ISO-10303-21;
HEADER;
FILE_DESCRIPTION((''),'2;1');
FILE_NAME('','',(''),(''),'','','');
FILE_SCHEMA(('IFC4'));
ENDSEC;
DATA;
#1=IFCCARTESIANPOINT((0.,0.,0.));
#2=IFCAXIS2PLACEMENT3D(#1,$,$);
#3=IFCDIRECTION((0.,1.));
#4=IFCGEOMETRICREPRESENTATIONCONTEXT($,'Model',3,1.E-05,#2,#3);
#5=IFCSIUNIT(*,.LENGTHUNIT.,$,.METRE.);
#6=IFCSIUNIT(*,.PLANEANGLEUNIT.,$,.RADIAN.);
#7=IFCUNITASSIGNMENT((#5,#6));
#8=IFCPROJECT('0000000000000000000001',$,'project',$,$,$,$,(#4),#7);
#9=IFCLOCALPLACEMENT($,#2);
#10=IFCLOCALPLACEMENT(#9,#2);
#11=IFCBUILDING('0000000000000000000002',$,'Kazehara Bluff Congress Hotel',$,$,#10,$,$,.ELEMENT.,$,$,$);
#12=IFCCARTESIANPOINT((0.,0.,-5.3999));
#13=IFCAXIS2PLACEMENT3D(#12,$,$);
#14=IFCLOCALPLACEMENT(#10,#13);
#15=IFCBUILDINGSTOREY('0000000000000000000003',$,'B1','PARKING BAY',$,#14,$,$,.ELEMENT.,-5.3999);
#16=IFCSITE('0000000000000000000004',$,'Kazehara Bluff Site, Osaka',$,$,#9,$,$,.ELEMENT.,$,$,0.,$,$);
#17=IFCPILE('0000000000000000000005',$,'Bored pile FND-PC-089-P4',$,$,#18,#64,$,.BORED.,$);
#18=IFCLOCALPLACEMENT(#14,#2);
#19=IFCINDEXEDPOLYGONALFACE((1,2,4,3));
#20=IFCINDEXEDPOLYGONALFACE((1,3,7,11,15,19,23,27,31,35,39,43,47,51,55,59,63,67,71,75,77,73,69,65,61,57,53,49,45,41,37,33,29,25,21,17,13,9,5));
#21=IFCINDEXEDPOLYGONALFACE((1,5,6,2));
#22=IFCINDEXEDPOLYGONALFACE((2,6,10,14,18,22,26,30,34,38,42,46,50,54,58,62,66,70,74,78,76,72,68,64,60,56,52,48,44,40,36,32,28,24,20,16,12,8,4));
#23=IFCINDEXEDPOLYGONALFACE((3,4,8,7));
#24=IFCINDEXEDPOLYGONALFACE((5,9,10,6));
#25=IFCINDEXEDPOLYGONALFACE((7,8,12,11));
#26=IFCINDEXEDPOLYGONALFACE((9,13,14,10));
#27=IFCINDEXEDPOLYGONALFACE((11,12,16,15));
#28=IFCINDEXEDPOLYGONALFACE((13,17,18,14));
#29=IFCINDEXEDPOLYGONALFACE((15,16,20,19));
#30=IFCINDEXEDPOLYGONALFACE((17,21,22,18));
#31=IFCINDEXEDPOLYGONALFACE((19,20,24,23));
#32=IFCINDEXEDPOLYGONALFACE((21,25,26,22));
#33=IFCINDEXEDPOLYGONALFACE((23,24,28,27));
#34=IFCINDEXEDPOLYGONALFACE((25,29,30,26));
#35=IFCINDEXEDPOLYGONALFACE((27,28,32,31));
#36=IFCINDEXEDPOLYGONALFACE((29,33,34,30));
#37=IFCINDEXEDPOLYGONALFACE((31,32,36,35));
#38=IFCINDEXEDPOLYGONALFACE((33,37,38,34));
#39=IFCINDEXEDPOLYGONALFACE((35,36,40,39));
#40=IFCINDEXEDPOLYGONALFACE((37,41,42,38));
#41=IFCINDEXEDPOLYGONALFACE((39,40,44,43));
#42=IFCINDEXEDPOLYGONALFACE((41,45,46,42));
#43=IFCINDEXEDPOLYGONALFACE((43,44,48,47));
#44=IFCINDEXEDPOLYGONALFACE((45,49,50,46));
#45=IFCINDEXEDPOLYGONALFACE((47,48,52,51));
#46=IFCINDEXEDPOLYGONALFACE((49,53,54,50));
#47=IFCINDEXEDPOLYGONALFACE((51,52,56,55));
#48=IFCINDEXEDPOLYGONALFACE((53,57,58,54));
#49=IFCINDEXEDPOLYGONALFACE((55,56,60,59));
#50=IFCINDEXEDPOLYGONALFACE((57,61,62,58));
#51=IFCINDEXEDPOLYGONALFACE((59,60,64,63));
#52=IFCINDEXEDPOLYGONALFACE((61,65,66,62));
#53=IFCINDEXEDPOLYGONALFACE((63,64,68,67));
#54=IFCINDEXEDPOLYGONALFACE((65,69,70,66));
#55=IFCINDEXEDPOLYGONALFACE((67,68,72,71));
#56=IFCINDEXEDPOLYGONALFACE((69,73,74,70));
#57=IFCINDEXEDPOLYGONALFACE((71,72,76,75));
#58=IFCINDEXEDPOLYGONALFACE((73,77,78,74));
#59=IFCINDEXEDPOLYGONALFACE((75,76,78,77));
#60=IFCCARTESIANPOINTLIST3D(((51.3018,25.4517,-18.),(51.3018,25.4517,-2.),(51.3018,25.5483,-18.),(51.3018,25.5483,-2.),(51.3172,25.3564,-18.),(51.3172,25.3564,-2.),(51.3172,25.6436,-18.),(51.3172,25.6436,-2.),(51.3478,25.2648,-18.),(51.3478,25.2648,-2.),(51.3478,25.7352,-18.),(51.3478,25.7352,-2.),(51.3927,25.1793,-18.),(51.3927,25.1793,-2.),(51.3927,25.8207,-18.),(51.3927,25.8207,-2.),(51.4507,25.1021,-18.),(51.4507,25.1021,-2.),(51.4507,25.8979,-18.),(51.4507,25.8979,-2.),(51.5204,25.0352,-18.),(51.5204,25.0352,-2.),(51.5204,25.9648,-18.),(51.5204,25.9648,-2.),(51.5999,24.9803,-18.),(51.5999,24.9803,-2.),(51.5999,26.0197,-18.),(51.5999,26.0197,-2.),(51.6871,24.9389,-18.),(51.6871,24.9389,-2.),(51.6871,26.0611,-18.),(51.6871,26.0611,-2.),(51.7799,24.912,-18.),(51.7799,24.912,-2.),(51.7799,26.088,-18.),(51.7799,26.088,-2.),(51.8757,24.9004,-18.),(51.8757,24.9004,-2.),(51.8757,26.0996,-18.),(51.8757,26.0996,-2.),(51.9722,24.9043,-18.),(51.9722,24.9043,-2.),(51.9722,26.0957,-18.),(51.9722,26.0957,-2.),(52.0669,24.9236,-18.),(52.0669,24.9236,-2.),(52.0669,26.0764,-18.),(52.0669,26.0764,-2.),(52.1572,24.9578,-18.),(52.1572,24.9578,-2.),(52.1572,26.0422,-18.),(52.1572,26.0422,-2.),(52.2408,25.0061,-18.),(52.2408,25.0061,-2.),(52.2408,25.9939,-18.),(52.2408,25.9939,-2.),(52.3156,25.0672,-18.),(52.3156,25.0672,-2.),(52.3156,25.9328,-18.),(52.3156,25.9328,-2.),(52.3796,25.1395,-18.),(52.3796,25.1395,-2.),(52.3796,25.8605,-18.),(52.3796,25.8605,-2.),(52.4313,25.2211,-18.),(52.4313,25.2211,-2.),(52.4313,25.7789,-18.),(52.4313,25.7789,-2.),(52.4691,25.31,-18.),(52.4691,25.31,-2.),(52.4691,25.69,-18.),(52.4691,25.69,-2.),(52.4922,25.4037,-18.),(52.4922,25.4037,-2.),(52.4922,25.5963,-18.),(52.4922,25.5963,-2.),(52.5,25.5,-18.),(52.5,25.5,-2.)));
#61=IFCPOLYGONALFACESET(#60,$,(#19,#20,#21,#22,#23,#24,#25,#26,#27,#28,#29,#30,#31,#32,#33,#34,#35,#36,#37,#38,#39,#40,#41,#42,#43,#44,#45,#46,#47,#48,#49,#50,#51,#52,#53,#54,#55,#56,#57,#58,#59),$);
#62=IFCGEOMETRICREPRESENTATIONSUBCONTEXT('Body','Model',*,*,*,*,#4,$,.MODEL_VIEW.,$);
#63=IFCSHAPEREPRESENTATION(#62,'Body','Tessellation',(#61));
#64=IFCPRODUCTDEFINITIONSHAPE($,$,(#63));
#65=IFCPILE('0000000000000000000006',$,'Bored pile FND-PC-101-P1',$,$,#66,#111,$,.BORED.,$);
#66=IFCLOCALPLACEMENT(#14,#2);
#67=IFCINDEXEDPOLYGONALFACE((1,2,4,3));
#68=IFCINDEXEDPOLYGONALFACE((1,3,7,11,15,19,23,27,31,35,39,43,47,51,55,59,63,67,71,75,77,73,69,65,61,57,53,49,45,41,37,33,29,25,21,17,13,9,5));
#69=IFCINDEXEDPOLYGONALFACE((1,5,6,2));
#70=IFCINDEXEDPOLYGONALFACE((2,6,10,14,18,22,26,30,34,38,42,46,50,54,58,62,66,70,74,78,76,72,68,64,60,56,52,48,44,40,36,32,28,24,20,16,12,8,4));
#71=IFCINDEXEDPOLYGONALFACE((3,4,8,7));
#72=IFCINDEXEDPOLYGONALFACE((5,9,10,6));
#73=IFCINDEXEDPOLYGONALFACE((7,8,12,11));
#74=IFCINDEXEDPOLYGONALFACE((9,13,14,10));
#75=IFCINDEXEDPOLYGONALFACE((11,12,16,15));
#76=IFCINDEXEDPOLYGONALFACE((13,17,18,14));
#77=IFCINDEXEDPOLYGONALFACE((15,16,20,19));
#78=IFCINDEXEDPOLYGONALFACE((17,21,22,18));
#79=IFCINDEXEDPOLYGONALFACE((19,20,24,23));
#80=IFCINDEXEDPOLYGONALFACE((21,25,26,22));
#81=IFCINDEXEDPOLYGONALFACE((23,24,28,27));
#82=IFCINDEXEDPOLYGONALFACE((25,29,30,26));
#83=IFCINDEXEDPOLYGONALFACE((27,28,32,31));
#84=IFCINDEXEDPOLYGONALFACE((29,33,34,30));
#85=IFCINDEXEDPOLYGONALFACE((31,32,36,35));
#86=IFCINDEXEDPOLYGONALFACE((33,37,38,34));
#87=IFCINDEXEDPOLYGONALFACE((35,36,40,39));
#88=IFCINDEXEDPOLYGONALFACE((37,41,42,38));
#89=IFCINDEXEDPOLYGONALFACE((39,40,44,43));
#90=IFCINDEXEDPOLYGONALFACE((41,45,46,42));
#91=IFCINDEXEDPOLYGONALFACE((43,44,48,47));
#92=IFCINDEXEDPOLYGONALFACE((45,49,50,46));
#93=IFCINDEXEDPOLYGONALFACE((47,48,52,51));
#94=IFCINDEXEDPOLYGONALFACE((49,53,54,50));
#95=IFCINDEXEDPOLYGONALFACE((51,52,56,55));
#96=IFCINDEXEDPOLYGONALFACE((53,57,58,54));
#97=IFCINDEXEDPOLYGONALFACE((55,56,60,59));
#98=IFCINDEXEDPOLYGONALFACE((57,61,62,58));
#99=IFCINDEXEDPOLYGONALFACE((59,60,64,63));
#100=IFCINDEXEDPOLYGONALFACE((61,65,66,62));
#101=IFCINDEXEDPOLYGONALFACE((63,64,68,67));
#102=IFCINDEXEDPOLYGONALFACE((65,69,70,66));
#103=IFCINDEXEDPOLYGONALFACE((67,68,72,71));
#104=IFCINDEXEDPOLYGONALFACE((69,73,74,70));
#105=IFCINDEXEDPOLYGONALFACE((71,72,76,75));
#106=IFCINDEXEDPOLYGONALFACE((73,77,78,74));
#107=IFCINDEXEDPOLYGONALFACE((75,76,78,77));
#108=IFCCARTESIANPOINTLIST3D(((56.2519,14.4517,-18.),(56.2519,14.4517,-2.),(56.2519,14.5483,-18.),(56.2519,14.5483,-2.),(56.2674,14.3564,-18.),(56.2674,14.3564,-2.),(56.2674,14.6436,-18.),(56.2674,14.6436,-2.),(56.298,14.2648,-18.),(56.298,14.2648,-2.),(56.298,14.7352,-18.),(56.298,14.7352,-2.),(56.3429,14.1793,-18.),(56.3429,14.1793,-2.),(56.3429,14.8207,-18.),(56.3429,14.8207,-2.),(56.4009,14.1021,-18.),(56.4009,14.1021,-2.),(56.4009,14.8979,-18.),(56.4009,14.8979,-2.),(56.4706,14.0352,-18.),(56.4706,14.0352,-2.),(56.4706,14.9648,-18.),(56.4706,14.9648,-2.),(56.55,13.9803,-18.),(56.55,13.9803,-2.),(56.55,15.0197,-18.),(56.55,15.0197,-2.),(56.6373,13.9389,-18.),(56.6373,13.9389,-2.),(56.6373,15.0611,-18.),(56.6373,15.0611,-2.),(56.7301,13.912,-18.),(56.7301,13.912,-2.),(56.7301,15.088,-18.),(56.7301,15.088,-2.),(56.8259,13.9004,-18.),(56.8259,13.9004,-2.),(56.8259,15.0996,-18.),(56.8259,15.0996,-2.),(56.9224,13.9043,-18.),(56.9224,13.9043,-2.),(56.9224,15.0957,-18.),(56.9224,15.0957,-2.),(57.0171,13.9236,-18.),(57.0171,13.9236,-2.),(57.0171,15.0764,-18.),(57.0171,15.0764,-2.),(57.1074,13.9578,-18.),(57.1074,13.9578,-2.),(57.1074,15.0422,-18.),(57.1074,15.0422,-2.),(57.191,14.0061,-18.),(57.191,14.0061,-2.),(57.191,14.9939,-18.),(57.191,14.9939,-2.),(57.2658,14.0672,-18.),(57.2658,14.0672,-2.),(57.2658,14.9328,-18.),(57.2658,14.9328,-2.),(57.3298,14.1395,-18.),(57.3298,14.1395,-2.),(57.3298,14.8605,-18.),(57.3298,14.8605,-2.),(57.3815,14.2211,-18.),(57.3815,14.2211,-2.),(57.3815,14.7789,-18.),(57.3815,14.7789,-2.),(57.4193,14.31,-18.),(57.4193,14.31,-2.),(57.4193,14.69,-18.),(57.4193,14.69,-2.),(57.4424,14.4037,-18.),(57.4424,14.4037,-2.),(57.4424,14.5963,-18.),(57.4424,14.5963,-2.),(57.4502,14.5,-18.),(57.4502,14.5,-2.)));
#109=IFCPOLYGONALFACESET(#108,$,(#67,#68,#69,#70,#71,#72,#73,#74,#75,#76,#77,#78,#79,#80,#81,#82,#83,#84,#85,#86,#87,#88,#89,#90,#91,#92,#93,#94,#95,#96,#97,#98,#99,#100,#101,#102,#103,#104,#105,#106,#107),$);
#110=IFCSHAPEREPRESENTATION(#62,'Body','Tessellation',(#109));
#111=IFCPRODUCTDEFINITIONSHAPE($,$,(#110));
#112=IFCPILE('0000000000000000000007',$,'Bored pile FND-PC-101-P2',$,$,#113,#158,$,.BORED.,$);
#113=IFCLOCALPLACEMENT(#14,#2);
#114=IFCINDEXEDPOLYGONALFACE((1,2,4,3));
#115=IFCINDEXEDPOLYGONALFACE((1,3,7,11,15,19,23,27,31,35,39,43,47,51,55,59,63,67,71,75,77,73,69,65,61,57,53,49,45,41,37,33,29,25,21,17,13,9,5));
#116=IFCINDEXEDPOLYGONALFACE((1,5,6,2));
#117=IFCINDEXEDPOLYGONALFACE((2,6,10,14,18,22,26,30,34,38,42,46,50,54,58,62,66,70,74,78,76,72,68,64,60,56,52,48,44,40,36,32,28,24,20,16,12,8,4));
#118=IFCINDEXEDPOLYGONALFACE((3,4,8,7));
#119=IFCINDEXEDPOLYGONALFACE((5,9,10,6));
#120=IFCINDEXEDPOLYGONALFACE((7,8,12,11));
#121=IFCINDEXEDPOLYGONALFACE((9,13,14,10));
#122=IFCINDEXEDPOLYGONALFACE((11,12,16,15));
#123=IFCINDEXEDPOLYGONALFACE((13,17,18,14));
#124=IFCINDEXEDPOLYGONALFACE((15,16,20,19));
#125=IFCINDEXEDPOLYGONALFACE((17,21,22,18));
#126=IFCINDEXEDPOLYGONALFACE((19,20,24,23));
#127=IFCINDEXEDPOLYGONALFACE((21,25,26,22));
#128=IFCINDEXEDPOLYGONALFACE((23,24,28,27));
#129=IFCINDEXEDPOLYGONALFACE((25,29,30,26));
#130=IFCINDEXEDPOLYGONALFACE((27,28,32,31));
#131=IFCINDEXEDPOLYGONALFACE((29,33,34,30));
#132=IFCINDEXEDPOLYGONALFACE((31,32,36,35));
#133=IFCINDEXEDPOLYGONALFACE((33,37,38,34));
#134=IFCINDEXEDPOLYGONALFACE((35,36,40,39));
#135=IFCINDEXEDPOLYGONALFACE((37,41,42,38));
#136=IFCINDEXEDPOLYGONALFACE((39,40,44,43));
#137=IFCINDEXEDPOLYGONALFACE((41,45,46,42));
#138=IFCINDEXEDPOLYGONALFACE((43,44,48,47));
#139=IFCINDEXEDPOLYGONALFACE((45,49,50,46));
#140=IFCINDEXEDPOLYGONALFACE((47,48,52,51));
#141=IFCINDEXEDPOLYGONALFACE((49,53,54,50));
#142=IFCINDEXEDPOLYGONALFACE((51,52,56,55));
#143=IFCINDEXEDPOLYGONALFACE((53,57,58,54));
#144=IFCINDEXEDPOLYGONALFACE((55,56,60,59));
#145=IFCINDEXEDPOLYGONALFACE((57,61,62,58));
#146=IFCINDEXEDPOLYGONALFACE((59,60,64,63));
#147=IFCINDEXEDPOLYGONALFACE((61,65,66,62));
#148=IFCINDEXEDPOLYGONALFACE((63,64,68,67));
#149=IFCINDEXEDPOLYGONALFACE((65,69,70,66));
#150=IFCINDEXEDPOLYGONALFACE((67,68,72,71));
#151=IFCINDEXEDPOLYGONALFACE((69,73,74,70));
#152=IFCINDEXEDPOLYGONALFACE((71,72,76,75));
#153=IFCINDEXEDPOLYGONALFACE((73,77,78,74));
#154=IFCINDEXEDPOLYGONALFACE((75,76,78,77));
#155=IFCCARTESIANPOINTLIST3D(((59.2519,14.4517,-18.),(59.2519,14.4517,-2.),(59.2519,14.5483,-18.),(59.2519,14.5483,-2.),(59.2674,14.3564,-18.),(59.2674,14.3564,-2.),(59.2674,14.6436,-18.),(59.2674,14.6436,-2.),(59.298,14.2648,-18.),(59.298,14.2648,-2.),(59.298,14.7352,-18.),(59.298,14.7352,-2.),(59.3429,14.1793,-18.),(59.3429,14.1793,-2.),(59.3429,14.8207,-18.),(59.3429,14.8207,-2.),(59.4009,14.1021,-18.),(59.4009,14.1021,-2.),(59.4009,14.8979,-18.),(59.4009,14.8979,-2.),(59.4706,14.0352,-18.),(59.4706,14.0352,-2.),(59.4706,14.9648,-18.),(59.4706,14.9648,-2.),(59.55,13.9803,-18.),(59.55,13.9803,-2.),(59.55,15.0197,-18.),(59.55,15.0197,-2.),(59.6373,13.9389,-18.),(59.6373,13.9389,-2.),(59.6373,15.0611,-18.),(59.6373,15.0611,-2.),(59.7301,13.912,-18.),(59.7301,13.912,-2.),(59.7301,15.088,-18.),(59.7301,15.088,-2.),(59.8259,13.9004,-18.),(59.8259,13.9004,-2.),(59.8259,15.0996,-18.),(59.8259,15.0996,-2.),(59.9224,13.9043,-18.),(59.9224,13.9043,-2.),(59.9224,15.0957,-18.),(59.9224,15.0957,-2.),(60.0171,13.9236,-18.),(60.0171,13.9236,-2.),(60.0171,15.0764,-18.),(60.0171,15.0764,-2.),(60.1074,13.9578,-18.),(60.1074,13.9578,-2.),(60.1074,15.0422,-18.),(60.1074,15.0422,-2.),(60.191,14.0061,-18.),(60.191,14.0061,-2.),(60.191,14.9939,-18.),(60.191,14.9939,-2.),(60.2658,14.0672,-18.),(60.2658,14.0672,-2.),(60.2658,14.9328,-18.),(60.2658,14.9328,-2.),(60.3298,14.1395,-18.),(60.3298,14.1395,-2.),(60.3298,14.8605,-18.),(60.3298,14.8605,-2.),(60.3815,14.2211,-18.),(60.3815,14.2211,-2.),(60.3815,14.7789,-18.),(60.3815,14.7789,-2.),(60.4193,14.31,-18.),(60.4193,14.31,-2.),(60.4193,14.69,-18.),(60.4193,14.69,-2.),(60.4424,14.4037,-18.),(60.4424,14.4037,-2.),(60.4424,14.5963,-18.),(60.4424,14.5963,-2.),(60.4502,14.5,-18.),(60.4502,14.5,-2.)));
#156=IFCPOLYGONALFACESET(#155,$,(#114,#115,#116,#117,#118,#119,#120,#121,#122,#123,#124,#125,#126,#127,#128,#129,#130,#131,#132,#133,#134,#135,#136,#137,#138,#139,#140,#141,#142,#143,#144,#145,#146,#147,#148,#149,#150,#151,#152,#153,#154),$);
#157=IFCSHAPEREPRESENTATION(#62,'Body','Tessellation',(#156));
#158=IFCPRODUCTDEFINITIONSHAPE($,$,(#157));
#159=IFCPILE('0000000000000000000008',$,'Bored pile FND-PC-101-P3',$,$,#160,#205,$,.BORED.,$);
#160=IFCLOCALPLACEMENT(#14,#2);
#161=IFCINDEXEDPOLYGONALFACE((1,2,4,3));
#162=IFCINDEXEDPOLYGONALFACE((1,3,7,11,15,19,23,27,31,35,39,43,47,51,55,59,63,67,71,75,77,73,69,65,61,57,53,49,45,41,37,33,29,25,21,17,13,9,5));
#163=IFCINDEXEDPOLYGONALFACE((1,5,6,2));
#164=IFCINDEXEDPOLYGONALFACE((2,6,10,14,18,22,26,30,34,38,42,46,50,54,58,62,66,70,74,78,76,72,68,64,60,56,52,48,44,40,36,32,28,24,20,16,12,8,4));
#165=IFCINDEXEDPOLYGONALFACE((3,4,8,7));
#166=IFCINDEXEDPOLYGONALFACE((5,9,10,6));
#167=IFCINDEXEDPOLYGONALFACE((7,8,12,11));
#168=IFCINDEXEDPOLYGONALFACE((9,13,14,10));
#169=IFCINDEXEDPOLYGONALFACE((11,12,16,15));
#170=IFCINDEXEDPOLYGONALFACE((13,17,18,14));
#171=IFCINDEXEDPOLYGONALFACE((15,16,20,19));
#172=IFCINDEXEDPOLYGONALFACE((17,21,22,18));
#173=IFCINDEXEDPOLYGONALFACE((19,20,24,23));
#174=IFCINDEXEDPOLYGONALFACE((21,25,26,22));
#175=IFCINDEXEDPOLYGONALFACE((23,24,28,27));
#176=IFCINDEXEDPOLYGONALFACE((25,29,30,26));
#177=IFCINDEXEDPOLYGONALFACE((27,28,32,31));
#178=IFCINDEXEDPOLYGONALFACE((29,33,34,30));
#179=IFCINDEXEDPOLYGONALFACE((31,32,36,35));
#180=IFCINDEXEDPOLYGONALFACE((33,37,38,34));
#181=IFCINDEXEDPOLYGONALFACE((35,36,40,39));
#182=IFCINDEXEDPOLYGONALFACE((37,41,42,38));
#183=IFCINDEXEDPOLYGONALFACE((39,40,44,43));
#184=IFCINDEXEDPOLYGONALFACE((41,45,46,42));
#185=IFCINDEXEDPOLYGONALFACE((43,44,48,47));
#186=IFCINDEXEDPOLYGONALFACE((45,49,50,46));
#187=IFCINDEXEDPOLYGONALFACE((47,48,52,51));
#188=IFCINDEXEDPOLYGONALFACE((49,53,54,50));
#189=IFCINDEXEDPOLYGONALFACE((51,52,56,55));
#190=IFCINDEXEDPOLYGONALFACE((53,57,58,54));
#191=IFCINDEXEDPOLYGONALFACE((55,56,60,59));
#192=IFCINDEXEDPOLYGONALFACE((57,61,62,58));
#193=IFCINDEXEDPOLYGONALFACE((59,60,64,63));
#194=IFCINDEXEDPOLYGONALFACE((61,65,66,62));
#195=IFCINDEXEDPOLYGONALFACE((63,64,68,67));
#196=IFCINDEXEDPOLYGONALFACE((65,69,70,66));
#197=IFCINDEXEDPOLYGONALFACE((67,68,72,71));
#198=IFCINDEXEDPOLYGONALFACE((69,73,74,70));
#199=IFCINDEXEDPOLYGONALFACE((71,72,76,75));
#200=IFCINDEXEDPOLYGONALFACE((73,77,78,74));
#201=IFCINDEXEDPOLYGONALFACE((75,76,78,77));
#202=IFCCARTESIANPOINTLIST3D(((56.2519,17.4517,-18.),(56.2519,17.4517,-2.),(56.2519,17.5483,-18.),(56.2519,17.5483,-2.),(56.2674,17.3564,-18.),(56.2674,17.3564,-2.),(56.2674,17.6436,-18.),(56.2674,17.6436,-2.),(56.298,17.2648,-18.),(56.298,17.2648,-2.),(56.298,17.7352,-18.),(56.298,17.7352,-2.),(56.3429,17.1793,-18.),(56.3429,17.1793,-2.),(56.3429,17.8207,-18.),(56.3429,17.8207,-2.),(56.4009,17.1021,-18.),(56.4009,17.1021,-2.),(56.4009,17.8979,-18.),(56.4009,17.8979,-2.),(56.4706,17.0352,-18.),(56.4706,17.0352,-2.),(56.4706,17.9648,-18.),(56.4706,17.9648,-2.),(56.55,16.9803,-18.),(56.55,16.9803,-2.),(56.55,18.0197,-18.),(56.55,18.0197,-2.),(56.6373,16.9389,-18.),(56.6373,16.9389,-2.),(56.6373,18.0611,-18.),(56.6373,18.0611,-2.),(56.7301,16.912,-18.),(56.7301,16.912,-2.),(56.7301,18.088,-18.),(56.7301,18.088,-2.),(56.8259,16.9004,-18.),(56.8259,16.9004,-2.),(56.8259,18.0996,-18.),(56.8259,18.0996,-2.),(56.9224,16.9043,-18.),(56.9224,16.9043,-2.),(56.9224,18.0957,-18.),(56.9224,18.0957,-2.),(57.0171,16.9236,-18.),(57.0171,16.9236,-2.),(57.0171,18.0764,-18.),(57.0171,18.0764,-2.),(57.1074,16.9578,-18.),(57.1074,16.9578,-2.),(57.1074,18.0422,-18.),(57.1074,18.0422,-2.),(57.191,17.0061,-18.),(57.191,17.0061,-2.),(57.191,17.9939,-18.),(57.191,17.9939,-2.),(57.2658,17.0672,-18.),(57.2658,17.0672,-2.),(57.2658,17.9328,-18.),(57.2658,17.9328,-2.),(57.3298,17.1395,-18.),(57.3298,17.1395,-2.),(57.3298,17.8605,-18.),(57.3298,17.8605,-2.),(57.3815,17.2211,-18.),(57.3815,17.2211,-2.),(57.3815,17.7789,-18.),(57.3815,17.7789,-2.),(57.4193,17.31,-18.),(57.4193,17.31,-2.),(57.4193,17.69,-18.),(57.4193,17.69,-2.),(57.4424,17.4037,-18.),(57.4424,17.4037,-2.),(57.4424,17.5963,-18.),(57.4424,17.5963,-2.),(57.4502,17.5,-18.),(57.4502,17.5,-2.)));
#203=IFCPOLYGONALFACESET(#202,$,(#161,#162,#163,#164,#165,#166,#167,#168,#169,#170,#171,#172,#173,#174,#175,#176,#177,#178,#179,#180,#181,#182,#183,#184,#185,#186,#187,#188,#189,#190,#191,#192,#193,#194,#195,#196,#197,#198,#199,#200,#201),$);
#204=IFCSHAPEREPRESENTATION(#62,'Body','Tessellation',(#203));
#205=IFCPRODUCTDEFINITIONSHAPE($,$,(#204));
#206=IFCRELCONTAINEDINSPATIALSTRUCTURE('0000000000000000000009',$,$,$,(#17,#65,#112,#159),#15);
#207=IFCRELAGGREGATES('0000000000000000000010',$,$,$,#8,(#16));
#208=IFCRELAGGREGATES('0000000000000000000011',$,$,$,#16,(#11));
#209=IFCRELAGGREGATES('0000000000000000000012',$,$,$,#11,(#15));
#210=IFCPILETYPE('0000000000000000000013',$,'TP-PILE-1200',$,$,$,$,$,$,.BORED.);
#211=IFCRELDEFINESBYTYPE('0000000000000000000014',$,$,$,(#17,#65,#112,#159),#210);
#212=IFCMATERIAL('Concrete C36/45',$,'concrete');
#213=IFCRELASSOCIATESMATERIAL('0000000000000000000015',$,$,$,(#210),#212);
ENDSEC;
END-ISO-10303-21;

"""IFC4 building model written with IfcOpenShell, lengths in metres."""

from ifc_helpers import new_model, si_unit, direction, frame, origin, origin_2d, place, context, subcontext, project, spatial, circle, extrude, material, material_profile, profile_set, type_object, element, save


model = new_model("IFC4")

# Units and contexts
model_context = context("Model", 3, precision=1e-05, world=origin(), true_north=direction((0.0, 1.0)))
body_context = subcontext(model_context, "Body", "Model", "MODEL_VIEW")
ifc_project = project(units=[si_unit("LENGTHUNIT", "METRE"), si_unit("PLANEANGLEUNIT", "RADIAN")], contexts=[model_context])

# Site, building, storey
site_placement = place(None, origin())
site = spatial("IfcSite", under=ifc_project, at=site_placement, Name="Kazehara Bluff Site, Osaka", CompositionType="ELEMENT", RefElevation=0.0)
building_placement = place(site_placement, origin())
building = spatial("IfcBuilding", under=site, at=building_placement, Name="Kazehara Bluff Congress Hotel", CompositionType="ELEMENT")
storey_placement = place(building_placement, frame((0.0, 0.0, -5.3999)))
storey = spatial("IfcBuildingStorey", under=building, at=storey_placement, Name="B1", Description="PARKING BAY", CompositionType="ELEMENT", Elevation=-5.3999)

# Piles
ifc_material_1 = material(Name="Concrete C36/45", Category="concrete")
ifc_material_profile_1 = material_profile(ifc_material_1, circle(Radius=0.6001, at=origin_2d()))
ifc_profile_set_1 = profile_set([ifc_material_profile_1], Name="Concrete C36/45")
pile_type_1 = type_object("IfcPileType", Name="TP-PILE-1200", PredefinedType="BORED", material=ifc_profile_set_1)
for number, where, z_axis, x_axis, name in (
    (1, (51.8999, 25.5, -2.0), (0.0, 0.0, -1.0), (1.0, 0.0, 0.0), "Bored pile FND-PC-089-P4"),
    (2, (56.8501, 14.5, -2.0), (0.0, 0.0, -1.0), (1.0, 0.0, 0.0), "Bored pile FND-PC-101-P1"),
    (3, (59.8501, 14.5, -2.0), (0.0, 0.0, -1.0), (1.0, 0.0, 0.0), "Bored pile FND-PC-101-P2"),
    (4, (56.8501, 17.5, -2.0), (0.0, 0.0, -1.0), (1.0, 0.0, 0.0), "Bored pile FND-PC-101-P3"),
):
    element("IfcPile", number, at=place(storey_placement, frame(where, z_axis=z_axis, x_axis=x_axis)), inside=storey, type_object=pile_type_1, Name=name, PredefinedType="BORED", context=body_context, shape_type="SweptSolid", body=[
        extrude(circle(Radius=0.6001, at=origin_2d()), origin(), (0.0, 0.0, 1.0), 16.0),
    ])

save(model, "model.ifc")
